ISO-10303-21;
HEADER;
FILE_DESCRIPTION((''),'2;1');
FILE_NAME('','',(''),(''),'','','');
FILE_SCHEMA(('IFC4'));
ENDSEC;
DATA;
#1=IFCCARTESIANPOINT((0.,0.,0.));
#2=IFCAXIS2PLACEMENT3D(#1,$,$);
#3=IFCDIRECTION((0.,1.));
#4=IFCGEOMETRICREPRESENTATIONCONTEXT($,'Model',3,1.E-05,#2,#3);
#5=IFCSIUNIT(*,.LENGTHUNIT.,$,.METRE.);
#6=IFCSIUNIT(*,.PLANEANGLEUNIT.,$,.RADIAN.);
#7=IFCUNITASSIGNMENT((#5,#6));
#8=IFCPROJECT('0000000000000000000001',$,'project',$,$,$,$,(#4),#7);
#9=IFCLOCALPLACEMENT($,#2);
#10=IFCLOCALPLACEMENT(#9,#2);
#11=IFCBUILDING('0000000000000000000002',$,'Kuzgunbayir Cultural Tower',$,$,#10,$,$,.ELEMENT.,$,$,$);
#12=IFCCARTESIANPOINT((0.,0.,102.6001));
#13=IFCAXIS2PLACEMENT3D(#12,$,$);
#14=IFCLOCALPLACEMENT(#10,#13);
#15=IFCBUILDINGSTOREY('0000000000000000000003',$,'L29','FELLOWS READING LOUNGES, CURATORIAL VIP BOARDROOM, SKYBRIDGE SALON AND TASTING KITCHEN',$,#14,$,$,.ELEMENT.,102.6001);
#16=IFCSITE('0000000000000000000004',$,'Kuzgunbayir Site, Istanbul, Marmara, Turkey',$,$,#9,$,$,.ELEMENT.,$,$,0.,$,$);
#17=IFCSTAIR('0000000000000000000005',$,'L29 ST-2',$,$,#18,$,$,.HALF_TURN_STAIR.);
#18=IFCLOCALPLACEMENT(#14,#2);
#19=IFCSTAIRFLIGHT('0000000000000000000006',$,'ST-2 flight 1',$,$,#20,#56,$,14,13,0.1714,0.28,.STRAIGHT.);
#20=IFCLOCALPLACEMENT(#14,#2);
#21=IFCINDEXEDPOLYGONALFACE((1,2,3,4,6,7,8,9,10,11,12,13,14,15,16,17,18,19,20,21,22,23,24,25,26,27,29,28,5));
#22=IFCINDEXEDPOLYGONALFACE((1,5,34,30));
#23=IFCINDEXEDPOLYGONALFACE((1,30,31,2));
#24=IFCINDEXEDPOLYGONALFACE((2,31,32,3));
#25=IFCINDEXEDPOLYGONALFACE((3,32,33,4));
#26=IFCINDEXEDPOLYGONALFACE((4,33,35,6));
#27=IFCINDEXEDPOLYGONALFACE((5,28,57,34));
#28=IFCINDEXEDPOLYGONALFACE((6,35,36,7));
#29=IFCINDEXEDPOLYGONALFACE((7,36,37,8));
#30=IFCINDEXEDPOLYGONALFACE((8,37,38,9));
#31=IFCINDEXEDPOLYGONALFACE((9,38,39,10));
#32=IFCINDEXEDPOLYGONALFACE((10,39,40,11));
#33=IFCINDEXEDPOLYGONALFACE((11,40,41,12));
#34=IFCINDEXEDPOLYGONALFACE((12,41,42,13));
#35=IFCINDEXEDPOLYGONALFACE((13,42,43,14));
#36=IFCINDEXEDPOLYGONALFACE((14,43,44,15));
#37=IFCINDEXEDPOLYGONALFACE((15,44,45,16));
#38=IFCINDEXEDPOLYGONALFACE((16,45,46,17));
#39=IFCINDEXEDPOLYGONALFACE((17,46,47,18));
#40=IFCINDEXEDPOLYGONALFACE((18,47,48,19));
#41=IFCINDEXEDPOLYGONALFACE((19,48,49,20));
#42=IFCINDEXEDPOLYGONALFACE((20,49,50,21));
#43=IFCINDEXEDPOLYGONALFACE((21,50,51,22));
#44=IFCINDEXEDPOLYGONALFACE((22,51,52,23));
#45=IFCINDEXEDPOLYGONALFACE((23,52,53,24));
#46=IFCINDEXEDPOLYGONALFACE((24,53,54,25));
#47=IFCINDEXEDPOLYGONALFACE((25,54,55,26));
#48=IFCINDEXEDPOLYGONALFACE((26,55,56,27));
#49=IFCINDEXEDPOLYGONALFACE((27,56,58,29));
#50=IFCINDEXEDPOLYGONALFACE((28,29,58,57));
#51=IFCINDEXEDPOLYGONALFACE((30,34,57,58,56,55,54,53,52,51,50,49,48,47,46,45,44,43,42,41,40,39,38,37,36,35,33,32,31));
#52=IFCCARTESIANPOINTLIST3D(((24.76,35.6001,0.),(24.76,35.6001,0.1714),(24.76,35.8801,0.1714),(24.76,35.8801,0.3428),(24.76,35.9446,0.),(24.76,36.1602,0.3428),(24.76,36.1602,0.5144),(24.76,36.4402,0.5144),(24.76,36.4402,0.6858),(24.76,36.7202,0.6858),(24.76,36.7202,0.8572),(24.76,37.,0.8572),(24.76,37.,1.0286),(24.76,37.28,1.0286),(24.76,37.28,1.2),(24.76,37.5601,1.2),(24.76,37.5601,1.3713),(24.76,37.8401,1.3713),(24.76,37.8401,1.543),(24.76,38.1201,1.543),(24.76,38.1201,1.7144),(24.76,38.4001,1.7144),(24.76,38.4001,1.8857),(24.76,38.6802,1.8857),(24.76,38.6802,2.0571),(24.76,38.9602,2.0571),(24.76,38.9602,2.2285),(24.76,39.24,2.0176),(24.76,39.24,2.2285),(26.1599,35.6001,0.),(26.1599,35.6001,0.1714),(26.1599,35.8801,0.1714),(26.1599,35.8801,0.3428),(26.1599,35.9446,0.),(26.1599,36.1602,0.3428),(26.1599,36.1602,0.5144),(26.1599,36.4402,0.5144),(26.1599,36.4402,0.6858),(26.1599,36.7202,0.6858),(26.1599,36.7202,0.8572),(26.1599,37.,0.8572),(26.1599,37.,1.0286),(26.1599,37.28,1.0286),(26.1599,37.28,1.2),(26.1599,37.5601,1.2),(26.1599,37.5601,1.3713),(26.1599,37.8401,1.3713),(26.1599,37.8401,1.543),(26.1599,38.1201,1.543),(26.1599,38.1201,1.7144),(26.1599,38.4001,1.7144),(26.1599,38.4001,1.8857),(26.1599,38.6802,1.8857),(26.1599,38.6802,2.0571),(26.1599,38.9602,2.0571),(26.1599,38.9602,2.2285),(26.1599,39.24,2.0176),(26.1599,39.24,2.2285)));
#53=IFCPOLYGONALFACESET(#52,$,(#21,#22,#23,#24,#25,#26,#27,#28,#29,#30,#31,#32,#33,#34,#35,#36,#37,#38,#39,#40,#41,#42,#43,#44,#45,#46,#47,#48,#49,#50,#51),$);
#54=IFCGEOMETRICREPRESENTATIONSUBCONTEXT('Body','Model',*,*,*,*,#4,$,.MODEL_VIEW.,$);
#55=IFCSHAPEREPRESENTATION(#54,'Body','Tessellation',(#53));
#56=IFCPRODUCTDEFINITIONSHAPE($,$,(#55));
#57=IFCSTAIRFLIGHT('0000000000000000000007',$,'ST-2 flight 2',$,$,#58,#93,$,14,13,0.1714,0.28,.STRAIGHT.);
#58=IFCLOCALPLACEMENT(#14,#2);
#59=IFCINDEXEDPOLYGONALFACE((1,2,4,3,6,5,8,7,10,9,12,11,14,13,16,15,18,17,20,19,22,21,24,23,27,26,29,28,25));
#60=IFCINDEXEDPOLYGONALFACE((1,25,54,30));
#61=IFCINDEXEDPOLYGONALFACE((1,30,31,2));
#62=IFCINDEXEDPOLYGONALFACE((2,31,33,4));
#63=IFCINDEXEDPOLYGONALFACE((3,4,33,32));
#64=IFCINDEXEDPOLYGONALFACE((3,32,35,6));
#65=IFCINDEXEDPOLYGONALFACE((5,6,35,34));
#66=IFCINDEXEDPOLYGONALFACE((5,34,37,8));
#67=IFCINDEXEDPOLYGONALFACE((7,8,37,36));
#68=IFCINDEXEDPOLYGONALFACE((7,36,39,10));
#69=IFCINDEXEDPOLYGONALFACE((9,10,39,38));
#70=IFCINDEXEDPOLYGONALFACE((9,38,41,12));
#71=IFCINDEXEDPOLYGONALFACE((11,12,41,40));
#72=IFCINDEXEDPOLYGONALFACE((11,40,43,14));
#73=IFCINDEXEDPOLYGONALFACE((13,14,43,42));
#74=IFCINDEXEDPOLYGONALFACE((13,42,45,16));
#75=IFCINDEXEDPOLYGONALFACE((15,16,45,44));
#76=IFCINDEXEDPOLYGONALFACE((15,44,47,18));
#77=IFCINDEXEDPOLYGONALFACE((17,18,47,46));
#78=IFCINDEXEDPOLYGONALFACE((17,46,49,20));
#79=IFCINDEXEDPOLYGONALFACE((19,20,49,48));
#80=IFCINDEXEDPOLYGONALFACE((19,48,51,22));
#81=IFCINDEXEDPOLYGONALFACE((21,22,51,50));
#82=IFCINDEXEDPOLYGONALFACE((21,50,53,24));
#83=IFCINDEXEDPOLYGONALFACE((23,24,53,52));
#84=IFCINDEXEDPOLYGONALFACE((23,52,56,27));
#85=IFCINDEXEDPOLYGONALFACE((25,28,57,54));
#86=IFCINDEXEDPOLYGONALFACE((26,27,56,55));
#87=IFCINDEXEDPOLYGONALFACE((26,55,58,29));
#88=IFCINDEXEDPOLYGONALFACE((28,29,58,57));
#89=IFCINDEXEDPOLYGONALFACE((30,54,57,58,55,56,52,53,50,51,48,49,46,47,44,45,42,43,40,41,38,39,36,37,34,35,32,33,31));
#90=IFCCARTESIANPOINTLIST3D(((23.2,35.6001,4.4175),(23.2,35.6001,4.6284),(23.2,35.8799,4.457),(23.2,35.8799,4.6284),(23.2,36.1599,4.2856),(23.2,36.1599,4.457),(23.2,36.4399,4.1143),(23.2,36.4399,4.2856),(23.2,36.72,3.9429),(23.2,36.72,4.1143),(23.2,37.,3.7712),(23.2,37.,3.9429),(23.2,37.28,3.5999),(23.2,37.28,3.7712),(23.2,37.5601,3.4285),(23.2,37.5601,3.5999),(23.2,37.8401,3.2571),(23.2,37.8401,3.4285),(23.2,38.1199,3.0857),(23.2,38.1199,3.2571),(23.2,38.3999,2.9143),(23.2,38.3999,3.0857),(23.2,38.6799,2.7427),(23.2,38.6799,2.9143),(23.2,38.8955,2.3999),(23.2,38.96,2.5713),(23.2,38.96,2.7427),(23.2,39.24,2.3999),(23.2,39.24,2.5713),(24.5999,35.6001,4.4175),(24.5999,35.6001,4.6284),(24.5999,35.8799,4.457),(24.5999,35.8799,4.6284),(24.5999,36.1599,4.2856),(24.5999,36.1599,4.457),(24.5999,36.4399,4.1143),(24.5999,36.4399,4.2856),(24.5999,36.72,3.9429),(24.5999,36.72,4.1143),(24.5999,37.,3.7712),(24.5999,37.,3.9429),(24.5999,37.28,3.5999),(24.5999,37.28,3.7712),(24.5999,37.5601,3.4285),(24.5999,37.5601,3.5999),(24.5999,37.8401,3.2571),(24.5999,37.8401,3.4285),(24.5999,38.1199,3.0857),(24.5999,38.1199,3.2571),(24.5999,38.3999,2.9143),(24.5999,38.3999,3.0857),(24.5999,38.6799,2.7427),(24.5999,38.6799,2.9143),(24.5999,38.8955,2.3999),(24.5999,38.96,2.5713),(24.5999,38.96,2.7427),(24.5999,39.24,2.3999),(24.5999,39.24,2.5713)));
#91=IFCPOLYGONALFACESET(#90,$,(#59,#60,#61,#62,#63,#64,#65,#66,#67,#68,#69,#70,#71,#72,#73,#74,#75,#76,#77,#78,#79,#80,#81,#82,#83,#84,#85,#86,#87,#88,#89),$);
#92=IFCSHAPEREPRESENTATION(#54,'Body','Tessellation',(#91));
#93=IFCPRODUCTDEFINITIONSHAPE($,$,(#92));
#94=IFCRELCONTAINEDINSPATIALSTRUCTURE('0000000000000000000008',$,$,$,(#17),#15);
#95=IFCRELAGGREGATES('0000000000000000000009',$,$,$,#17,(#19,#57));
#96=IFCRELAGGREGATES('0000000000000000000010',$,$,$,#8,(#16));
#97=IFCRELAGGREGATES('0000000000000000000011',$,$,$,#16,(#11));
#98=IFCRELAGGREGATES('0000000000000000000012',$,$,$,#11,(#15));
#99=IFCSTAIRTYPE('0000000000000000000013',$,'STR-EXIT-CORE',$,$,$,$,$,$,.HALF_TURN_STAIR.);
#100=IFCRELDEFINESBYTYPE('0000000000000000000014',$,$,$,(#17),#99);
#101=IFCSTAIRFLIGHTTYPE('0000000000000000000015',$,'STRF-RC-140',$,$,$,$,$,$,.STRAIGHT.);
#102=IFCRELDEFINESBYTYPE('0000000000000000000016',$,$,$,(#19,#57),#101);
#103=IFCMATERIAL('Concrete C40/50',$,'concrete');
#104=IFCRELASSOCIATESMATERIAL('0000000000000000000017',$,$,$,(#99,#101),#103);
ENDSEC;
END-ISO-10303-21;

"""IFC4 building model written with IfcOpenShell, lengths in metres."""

from ifc_helpers import new_model, si_unit, direction, frame, origin, place, context, subcontext, project, spatial, polyline, outline, extrude, material, type_object, element, aggregate, save


model = new_model("IFC4")

# Units and contexts
model_context = context("Model", 3, precision=1e-05, world=origin(), true_north=direction((0.0, 1.0)))
body_context = subcontext(model_context, "Body", "Model", "MODEL_VIEW")
ifc_project = project(units=[si_unit("LENGTHUNIT", "METRE"), si_unit("PLANEANGLEUNIT", "RADIAN")], contexts=[model_context])

# Site, building, storey
site_placement = place(None, origin())
site = spatial("IfcSite", under=ifc_project, at=site_placement, Name="Kuzgunbayir Site, Istanbul, Marmara, Turkey", CompositionType="ELEMENT", RefElevation=0.0)
building_placement = place(site_placement, origin())
building = spatial("IfcBuilding", under=site, at=building_placement, Name="Kuzgunbayir Cultural Tower", CompositionType="ELEMENT")
storey_placement = place(building_placement, frame((0.0, 0.0, 102.6001)))
storey = spatial("IfcBuildingStorey", under=building, at=storey_placement, Name="L29", Description="FELLOWS READING LOUNGES, CURATORIAL VIP BOARDROOM, SKYBRIDGE SALON AND TASTING KITCHEN", CompositionType="ELEMENT", Elevation=102.6001)

# Shared definitions
ifc_material_1 = material(Name="Concrete C40/50", Category="concrete")

# Stair, stair flights
stair_type = type_object("IfcStairType", Name="STR-EXIT-CORE", PredefinedType="HALF_TURN_STAIR", material=ifc_material_1)
stair_placement = place(storey_placement, origin())
stair = element("IfcStair", 1, at=stair_placement, inside=storey, type_object=stair_type, Name="L29 ST-2", PredefinedType="HALF_TURN_STAIR")
stair_flight_type = type_object("IfcStairFlightType", Name="STRF-RC-140", PredefinedType="STRAIGHT", material=ifc_material_1)
stair_flight_1_placement = place(storey_placement, frame((25.46, 35.6001, 0.0), z_axis=(0.0, 0.0, 1.0), x_axis=(0.0, 1.0, 0.0)))
stair_flight_1 = element("IfcStairFlight", 2, at=stair_flight_1_placement, type_object=stair_flight_type, Name="ST-2 flight 1", NumberOfRisers=14, NumberOfTreads=13, PredefinedType="STRAIGHT", RiserHeight=0.1714, TreadLength=0.28, context=body_context, shape_type="SweptSolid", body=[
    extrude(outline(polyline([(0.0, 0.0), (0.0, 0.1714), (0.28, 0.1714), (0.28, 0.3428), (0.5601, 0.3428), (0.5601, 0.5144), (0.8401, 0.5144), (0.8401, 0.6858), (1.1201, 0.6858), (1.1201, 0.8572), (1.3999, 0.8572), (1.3999, 1.0286), (1.6799, 1.0286), (1.6799, 1.2), (1.96, 1.2), (1.96, 1.3713), (2.24, 1.3713), (2.24, 1.543), (2.52, 1.543), (2.52, 1.7144), (2.8, 1.7144), (2.8, 1.8857), (3.0801, 1.8857), (3.0801, 2.0571), (3.3601, 2.0571), (3.3601, 2.2285), (3.6399, 2.2285), (3.6399, 2.3999), (3.6399, 2.0176), (0.3445, 0.0), (0.0, 0.0)])), frame((0.0, 0.7, 0.0), z_axis=(0.0, -1.0, 0.0), x_axis=(1.0, 0.0, 0.0)), (0.0, 0.0, 1.0), 1.3999),
])
stair_flight_2_placement = place(storey_placement, frame((23.8999, 39.24, 2.3999), z_axis=(0.0, 0.0, 1.0), x_axis=(0.0, -1.0, 0.0)))
stair_flight_2 = element("IfcStairFlight", 3, at=stair_flight_2_placement, type_object=stair_flight_type, Name="ST-2 flight 2", NumberOfRisers=14, NumberOfTreads=13, PredefinedType="STRAIGHT", RiserHeight=0.1714, TreadLength=0.28, context=body_context, shape_type="SweptSolid", body=[
    extrude(outline(polyline([(0.0, 0.0), (0.0, 0.1714), (0.28, 0.1714), (0.28, 0.3428), (0.5601, 0.3428), (0.5601, 0.5144), (0.8401, 0.5144), (0.8401, 0.6858), (1.1201, 0.6858), (1.1201, 0.8572), (1.3999, 0.8572), (1.3999, 1.0286), (1.6799, 1.0286), (1.6799, 1.2), (1.96, 1.2), (1.96, 1.3713), (2.24, 1.3713), (2.24, 1.543), (2.52, 1.543), (2.52, 1.7144), (2.8, 1.7144), (2.8, 1.8857), (3.0801, 1.8857), (3.0801, 2.0571), (3.3601, 2.0571), (3.3601, 2.2285), (3.6399, 2.2285), (3.6399, 2.3999), (3.6399, 2.0176), (0.3445, 0.0), (0.0, 0.0)])), frame((0.0, 0.7, 0.0), z_axis=(0.0, -1.0, 0.0), x_axis=(1.0, 0.0, 0.0)), (0.0, 0.0, 1.0), 1.3999),
])
aggregate(stair, [stair_flight_1, stair_flight_2])

save(model, "model.ifc")
